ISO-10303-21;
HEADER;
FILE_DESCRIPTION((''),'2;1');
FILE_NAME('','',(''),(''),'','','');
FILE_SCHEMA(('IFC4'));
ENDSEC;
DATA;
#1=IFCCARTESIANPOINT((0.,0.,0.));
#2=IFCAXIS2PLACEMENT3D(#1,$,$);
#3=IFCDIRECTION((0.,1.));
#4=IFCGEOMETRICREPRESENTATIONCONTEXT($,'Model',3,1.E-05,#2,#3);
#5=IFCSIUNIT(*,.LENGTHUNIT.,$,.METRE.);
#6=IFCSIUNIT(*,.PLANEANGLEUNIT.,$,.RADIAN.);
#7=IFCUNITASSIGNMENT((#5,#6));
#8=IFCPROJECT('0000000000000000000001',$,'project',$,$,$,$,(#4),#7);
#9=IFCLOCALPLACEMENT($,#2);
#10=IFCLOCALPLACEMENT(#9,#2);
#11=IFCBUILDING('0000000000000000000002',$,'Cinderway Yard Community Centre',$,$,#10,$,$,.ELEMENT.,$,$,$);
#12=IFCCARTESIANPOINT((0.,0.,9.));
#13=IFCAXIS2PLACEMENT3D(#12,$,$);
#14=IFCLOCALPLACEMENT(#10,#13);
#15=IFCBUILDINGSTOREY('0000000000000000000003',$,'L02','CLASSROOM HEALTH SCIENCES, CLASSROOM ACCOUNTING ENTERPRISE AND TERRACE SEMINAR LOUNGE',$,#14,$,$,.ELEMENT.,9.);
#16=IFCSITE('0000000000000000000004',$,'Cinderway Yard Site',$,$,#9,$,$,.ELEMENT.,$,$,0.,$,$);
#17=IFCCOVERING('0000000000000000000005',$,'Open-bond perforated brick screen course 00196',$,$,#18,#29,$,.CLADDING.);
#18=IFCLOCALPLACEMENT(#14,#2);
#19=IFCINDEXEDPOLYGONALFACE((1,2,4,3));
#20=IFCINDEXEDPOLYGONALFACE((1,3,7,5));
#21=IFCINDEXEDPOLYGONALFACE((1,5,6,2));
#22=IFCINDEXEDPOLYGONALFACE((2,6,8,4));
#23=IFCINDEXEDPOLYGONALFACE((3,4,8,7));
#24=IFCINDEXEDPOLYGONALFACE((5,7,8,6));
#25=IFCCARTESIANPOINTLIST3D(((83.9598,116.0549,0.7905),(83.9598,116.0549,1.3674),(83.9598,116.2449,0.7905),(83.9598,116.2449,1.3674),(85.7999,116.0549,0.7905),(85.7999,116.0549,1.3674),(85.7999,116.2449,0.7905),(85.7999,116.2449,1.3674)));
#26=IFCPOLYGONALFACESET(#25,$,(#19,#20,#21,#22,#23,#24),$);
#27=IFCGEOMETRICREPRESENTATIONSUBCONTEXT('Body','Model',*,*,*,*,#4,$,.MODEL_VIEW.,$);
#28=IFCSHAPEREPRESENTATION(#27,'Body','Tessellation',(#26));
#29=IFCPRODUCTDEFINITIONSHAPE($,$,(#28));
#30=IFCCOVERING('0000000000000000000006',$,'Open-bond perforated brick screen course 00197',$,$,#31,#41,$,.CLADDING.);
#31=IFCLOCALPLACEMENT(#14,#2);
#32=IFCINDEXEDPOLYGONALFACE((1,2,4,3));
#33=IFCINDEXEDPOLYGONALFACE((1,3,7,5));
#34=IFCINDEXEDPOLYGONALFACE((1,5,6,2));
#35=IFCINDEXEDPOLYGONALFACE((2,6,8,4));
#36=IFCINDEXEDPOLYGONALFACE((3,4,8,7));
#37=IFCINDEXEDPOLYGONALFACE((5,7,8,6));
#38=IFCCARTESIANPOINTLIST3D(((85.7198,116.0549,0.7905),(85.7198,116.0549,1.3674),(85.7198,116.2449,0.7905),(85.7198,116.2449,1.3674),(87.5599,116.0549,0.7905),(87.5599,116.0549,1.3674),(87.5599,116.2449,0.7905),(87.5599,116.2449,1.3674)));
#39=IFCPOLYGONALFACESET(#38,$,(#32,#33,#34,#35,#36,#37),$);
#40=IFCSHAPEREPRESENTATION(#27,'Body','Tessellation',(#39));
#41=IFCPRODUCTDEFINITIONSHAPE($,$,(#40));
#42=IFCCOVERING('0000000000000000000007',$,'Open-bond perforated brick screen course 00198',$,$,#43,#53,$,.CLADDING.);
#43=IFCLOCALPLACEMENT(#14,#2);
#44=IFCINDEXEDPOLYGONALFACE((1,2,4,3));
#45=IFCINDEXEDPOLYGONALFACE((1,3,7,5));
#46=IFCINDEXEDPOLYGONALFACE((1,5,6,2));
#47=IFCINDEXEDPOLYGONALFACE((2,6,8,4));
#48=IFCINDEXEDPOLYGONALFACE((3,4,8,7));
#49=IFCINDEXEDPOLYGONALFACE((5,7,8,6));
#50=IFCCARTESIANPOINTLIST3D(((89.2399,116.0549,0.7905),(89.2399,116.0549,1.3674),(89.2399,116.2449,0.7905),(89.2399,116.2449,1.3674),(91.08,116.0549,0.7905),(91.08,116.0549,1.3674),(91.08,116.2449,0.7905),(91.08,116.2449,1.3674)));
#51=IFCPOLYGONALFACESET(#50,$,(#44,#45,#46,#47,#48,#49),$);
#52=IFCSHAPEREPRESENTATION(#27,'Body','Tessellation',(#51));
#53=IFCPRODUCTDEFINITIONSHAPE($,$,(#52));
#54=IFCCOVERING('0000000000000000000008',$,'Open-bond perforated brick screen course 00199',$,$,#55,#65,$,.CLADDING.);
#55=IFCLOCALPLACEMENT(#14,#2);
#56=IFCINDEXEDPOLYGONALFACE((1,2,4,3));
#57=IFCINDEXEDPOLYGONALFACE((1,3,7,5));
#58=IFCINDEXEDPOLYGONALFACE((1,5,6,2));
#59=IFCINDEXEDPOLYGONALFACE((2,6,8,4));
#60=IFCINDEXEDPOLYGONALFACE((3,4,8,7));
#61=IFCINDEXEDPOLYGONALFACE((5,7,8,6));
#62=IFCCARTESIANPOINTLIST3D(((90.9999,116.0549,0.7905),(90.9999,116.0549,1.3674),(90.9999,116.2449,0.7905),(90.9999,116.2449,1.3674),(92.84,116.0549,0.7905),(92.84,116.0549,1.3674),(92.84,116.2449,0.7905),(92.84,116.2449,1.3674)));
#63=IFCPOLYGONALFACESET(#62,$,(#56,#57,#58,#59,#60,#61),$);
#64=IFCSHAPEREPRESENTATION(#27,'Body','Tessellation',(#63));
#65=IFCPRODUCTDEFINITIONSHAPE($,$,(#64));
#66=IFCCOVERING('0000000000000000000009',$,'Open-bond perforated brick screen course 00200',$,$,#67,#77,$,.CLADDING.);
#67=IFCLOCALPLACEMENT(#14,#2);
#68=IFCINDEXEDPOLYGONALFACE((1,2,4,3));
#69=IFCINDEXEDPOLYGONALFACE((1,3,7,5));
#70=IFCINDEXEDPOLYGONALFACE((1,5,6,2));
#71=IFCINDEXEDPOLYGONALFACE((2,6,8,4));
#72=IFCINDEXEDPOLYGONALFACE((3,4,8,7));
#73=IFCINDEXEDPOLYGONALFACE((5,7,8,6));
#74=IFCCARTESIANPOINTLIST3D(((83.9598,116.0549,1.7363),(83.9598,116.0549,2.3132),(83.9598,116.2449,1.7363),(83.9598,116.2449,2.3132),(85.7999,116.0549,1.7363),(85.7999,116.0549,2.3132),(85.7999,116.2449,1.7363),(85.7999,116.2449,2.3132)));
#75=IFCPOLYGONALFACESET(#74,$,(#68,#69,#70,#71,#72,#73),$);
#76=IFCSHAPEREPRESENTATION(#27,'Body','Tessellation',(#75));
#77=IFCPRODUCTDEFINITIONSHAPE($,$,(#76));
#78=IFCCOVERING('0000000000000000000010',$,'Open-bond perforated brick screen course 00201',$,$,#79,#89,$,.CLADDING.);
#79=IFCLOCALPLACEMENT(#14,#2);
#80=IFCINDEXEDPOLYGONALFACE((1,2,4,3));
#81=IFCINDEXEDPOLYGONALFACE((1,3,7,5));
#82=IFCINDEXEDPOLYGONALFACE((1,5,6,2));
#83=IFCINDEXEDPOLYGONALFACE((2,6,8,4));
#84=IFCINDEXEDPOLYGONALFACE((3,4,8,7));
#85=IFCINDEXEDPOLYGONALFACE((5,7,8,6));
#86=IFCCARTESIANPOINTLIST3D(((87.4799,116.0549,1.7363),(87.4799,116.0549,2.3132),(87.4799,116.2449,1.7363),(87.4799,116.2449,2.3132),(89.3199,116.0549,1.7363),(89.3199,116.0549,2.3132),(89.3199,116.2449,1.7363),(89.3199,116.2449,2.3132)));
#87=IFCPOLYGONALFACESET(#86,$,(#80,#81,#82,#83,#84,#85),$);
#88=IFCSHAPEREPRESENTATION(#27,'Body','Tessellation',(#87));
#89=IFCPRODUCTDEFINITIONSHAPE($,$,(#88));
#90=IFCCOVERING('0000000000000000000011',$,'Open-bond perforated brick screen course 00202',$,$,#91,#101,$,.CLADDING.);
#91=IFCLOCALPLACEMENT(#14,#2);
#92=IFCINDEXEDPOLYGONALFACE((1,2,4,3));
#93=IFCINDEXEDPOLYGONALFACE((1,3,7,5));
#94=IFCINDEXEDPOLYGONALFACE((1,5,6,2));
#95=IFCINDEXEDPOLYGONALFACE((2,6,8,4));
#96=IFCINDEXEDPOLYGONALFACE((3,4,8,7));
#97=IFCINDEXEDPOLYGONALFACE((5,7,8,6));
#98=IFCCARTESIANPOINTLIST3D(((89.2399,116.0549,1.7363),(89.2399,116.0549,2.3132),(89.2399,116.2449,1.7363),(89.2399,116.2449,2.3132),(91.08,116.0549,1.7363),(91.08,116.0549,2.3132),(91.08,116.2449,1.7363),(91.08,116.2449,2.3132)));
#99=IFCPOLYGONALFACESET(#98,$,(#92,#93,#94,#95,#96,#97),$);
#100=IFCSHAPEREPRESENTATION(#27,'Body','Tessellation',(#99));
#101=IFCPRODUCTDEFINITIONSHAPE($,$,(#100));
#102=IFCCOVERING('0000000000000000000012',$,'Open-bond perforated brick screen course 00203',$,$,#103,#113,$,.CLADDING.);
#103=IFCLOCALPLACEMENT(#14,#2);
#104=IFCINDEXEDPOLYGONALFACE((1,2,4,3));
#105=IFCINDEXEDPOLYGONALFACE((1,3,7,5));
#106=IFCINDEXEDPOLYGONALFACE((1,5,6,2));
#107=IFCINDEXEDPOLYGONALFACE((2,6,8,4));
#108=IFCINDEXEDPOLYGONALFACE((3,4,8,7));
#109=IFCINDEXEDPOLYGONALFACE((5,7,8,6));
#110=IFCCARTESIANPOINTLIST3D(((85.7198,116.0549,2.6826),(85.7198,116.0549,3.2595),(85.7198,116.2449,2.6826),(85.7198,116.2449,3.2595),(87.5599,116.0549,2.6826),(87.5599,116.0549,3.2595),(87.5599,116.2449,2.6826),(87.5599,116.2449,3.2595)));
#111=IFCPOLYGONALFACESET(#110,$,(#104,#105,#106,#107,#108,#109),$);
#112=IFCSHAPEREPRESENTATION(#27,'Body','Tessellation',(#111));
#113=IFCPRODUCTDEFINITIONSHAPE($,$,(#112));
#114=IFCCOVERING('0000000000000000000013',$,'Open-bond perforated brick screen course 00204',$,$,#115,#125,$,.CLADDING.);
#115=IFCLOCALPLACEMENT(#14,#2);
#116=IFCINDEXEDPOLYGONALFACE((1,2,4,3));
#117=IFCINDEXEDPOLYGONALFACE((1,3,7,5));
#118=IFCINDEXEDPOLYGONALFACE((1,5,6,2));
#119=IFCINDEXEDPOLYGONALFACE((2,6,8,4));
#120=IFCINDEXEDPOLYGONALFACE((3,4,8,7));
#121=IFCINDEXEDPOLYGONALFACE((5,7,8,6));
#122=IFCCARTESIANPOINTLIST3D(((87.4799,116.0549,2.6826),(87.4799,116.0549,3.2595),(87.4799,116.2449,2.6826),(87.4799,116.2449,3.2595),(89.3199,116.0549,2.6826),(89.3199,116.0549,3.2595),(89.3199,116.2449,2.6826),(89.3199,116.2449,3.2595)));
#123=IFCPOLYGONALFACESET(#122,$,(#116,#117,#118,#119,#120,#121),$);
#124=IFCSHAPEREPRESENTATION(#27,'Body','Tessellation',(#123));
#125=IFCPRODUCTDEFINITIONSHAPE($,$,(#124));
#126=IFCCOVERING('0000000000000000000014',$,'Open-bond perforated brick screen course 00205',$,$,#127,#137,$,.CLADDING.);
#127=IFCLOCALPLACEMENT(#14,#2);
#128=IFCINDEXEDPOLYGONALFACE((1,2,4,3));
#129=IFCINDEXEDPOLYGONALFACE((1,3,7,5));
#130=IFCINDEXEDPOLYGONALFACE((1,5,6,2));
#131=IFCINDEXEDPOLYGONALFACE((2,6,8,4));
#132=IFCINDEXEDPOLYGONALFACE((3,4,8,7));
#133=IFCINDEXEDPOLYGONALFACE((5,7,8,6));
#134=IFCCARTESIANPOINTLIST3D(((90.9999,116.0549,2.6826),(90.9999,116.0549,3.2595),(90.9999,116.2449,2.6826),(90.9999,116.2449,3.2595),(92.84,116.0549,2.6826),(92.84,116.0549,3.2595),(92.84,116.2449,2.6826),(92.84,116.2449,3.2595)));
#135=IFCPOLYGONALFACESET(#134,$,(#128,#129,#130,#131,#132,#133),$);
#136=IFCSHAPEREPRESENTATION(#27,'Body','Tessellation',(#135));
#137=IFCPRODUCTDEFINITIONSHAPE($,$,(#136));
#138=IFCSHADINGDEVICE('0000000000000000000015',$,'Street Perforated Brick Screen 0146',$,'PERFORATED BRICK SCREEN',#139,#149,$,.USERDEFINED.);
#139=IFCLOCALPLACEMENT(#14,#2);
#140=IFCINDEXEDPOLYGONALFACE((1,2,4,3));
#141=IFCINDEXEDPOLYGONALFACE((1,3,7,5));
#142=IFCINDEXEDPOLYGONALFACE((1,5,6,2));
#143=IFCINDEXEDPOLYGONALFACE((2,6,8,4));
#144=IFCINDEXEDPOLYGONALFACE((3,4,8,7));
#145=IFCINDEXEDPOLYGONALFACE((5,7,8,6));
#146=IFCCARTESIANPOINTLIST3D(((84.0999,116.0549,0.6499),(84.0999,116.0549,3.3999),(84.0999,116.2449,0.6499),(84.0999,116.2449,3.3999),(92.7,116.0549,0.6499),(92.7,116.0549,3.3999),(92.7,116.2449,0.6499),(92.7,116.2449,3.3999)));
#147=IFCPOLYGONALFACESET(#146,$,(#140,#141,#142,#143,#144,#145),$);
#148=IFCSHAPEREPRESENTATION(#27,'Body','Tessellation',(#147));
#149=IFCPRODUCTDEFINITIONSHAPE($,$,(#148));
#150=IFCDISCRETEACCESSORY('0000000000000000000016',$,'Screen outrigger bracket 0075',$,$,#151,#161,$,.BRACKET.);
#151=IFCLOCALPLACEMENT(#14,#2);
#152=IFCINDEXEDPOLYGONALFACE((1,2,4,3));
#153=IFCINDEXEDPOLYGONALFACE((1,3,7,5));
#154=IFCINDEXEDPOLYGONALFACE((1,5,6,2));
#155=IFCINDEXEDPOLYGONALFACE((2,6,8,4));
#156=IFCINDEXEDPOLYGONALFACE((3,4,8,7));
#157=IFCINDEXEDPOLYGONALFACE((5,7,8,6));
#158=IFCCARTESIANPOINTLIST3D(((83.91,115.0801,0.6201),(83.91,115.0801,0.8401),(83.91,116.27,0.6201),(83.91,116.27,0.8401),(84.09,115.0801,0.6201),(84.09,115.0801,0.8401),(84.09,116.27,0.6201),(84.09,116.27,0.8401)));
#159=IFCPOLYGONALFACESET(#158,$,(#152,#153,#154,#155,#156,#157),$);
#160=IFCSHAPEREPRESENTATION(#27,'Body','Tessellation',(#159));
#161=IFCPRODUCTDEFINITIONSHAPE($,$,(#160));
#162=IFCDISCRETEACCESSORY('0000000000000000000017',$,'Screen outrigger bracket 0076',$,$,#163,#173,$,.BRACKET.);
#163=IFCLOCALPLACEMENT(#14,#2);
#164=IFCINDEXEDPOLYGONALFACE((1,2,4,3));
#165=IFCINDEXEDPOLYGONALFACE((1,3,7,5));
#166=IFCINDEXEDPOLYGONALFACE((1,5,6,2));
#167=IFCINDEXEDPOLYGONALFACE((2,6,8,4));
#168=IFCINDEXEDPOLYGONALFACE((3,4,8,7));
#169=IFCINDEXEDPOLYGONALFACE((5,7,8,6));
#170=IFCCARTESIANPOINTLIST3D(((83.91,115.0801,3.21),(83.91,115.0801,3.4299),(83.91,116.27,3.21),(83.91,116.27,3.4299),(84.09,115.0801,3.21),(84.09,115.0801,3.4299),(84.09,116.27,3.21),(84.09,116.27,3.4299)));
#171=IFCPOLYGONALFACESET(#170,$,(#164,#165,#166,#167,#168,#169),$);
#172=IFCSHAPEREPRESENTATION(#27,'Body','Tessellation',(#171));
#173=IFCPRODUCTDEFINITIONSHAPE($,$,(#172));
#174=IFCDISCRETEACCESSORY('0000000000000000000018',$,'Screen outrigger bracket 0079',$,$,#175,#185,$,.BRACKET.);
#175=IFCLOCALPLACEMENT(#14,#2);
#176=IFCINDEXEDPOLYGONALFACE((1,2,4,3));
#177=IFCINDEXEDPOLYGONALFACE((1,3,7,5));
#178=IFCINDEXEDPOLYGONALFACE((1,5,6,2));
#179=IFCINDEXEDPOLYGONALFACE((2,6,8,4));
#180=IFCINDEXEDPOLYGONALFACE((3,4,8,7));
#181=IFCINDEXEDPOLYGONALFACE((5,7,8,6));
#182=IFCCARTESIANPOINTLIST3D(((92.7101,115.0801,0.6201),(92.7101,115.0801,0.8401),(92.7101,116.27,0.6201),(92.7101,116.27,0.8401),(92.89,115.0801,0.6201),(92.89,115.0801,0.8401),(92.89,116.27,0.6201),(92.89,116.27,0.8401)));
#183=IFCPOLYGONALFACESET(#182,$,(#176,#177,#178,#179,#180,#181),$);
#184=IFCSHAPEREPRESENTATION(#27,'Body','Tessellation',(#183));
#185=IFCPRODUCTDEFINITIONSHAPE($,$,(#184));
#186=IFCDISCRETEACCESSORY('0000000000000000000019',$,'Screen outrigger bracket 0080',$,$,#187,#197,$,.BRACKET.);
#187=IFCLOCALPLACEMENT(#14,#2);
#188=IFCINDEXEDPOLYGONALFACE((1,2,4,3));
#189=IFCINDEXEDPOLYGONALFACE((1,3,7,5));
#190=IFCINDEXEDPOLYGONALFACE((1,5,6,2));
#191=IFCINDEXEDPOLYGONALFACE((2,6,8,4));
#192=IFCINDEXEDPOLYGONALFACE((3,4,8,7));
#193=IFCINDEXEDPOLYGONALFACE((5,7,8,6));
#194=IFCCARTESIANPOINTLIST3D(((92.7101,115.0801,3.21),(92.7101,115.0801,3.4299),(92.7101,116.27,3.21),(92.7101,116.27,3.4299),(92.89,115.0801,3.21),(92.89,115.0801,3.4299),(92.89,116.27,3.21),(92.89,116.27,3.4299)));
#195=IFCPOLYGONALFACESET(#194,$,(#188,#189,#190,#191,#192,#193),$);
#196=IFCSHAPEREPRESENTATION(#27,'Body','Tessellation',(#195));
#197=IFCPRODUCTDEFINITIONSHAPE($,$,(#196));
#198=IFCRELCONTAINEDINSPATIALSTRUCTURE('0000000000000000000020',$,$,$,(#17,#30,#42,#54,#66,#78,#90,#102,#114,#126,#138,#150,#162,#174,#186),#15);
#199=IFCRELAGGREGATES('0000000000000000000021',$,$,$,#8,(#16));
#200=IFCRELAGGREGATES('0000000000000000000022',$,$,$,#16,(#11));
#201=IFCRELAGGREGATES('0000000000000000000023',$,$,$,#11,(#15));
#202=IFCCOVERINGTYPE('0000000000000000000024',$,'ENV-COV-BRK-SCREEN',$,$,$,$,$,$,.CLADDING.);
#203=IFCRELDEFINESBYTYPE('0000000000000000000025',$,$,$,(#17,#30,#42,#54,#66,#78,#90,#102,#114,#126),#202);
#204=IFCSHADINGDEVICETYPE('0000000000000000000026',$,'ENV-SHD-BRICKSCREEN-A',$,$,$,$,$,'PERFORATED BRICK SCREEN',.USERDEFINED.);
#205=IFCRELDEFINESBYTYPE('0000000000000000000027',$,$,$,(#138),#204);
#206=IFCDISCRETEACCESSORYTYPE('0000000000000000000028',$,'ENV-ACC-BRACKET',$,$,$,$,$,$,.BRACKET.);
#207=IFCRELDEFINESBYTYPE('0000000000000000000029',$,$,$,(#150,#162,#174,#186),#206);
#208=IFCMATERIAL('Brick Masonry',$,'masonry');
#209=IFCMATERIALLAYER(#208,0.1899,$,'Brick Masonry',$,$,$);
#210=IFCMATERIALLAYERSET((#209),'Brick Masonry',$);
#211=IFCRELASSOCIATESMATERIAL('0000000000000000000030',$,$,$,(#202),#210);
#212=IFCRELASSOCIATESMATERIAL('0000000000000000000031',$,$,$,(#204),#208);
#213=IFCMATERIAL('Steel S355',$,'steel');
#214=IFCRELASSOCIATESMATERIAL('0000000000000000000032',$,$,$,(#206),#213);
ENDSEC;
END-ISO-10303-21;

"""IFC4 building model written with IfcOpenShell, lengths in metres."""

from ifc_helpers import new_model, si_unit, direction, frame, origin, origin_2d, place, context, subcontext, project, spatial, rectangle, extrude, material, layer, layer_set, type_object, element, save


model = new_model("IFC4")

# Units and contexts
model_context = context("Model", 3, precision=1e-05, world=origin(), true_north=direction((0.0, 1.0)))
body_context = subcontext(model_context, "Body", "Model", "MODEL_VIEW")
ifc_project = project(units=[si_unit("LENGTHUNIT", "METRE"), si_unit("PLANEANGLEUNIT", "RADIAN")], contexts=[model_context])

# Site, building, storey
site_placement = place(None, origin())
site = spatial("IfcSite", under=ifc_project, at=site_placement, Name="Cinderway Yard Site", CompositionType="ELEMENT", RefElevation=0.0)
building_placement = place(site_placement, origin())
building = spatial("IfcBuilding", under=site, at=building_placement, Name="Cinderway Yard Community Centre", CompositionType="ELEMENT")
storey_placement = place(building_placement, frame((0.0, 0.0, 9.0)))
storey = spatial("IfcBuildingStorey", under=building, at=storey_placement, Name="L02", Description="CLASSROOM HEALTH SCIENCES, CLASSROOM ACCOUNTING ENTERPRISE AND TERRACE SEMINAR LOUNGE", CompositionType="ELEMENT", Elevation=9.0)

# Shared definitions
ifc_material_1 = material(Name="Steel S355", Category="steel")

# Coverings
ifc_material_2 = material(Name="Brick Masonry", Category="masonry")
ifc_layer_1 = layer(ifc_material_2, 0.1899, Name="Brick Masonry")
ifc_layer_set_1 = layer_set([ifc_layer_1], Name="Brick Masonry")
covering_type = type_object("IfcCoveringType", Name="ENV-COV-BRK-SCREEN", PredefinedType="CLADDING", material=ifc_layer_set_1)
for number, where, z_axis, x_axis, name in (
    (1, (84.8799, 116.1499, 0.7905), (0.0, 0.0, 1.0), (1.0, 0.0, 0.0), "Open-bond perforated brick screen course 00196"),
    (2, (86.6399, 116.1499, 0.7905), (0.0, 0.0, 1.0), (1.0, 0.0, 0.0), "Open-bond perforated brick screen course 00197"),
    (3, (90.1599, 116.1499, 0.7905), (0.0, 0.0, 1.0), (1.0, 0.0, 0.0), "Open-bond perforated brick screen course 00198"),
    (4, (91.9199, 116.1499, 0.7905), (0.0, 0.0, 1.0), (1.0, 0.0, 0.0), "Open-bond perforated brick screen course 00199"),
    (5, (84.8799, 116.1499, 1.7363), (0.0, 0.0, 1.0), (1.0, 0.0, 0.0), "Open-bond perforated brick screen course 00200"),
    (6, (88.3999, 116.1499, 1.7363), (0.0, 0.0, 1.0), (1.0, 0.0, 0.0), "Open-bond perforated brick screen course 00201"),
    (7, (90.1599, 116.1499, 1.7363), (0.0, 0.0, 1.0), (1.0, 0.0, 0.0), "Open-bond perforated brick screen course 00202"),
    (8, (86.6399, 116.1499, 2.6826), (0.0, 0.0, 1.0), (1.0, 0.0, 0.0), "Open-bond perforated brick screen course 00203"),
    (9, (88.3999, 116.1499, 2.6826), (0.0, 0.0, 1.0), (1.0, 0.0, 0.0), "Open-bond perforated brick screen course 00204"),
    (10, (91.9199, 116.1499, 2.6826), (0.0, 0.0, 1.0), (1.0, 0.0, 0.0), "Open-bond perforated brick screen course 00205"),
):
    element("IfcCovering", number, at=place(storey_placement, frame(where, z_axis=z_axis, x_axis=x_axis)), inside=storey, type_object=covering_type, Name=name, PredefinedType="CLADDING", context=body_context, shape_type="SweptSolid", body=[
        extrude(rectangle(XDim=1.8401, YDim=0.1899, at=origin_2d()), origin(), (0.0, 0.0, 1.0), 0.5769),
    ])

# Shading device
shading_device_type = type_object("IfcShadingDeviceType", Name="ENV-SHD-BRICKSCREEN-A", ElementType="PERFORATED BRICK SCREEN", PredefinedType="USERDEFINED", material=ifc_material_2)
shading_device_placement = place(storey_placement, frame((88.3999, 116.1499, 0.6499), z_axis=(0.0, 0.0, 1.0), x_axis=(1.0, 0.0, 0.0)))
element("IfcShadingDevice", 11, at=shading_device_placement, inside=storey, type_object=shading_device_type, Name="Street Perforated Brick Screen 0146", ObjectType="PERFORATED BRICK SCREEN", PredefinedType="USERDEFINED", context=body_context, shape_type="SweptSolid", body=[
    extrude(rectangle(XDim=8.6001, YDim=0.1899, at=origin_2d()), origin(), (0.0, 0.0, 1.0), 2.75),
])

# Discrete accessories
discrete_accessory_type = type_object("IfcDiscreteAccessoryType", Name="ENV-ACC-BRACKET", PredefinedType="BRACKET", material=ifc_material_1)
for number, where, z_axis, x_axis, name in (
    (12, (84.0, 115.675, 0.6201), (0.0, 0.0, 1.0), (0.0, 1.0, 0.0), "Screen outrigger bracket 0075"),
    (13, (84.0, 115.675, 3.21), (0.0, 0.0, 1.0), (0.0, 1.0, 0.0), "Screen outrigger bracket 0076"),
    (14, (92.8, 115.675, 0.6201), (0.0, 0.0, 1.0), (0.0, 1.0, 0.0), "Screen outrigger bracket 0079"),
    (15, (92.8, 115.675, 3.21), (0.0, 0.0, 1.0), (0.0, 1.0, 0.0), "Screen outrigger bracket 0080"),
):
    element("IfcDiscreteAccessory", number, at=place(storey_placement, frame(where, z_axis=z_axis, x_axis=x_axis)), inside=storey, type_object=discrete_accessory_type, Name=name, PredefinedType="BRACKET", context=body_context, shape_type="SweptSolid", body=[
        extrude(rectangle(XDim=1.1899, YDim=0.1799, at=origin_2d()), origin(), (0.0, 0.0, 1.0), 0.22),
    ])

save(model, "model.ifc")
